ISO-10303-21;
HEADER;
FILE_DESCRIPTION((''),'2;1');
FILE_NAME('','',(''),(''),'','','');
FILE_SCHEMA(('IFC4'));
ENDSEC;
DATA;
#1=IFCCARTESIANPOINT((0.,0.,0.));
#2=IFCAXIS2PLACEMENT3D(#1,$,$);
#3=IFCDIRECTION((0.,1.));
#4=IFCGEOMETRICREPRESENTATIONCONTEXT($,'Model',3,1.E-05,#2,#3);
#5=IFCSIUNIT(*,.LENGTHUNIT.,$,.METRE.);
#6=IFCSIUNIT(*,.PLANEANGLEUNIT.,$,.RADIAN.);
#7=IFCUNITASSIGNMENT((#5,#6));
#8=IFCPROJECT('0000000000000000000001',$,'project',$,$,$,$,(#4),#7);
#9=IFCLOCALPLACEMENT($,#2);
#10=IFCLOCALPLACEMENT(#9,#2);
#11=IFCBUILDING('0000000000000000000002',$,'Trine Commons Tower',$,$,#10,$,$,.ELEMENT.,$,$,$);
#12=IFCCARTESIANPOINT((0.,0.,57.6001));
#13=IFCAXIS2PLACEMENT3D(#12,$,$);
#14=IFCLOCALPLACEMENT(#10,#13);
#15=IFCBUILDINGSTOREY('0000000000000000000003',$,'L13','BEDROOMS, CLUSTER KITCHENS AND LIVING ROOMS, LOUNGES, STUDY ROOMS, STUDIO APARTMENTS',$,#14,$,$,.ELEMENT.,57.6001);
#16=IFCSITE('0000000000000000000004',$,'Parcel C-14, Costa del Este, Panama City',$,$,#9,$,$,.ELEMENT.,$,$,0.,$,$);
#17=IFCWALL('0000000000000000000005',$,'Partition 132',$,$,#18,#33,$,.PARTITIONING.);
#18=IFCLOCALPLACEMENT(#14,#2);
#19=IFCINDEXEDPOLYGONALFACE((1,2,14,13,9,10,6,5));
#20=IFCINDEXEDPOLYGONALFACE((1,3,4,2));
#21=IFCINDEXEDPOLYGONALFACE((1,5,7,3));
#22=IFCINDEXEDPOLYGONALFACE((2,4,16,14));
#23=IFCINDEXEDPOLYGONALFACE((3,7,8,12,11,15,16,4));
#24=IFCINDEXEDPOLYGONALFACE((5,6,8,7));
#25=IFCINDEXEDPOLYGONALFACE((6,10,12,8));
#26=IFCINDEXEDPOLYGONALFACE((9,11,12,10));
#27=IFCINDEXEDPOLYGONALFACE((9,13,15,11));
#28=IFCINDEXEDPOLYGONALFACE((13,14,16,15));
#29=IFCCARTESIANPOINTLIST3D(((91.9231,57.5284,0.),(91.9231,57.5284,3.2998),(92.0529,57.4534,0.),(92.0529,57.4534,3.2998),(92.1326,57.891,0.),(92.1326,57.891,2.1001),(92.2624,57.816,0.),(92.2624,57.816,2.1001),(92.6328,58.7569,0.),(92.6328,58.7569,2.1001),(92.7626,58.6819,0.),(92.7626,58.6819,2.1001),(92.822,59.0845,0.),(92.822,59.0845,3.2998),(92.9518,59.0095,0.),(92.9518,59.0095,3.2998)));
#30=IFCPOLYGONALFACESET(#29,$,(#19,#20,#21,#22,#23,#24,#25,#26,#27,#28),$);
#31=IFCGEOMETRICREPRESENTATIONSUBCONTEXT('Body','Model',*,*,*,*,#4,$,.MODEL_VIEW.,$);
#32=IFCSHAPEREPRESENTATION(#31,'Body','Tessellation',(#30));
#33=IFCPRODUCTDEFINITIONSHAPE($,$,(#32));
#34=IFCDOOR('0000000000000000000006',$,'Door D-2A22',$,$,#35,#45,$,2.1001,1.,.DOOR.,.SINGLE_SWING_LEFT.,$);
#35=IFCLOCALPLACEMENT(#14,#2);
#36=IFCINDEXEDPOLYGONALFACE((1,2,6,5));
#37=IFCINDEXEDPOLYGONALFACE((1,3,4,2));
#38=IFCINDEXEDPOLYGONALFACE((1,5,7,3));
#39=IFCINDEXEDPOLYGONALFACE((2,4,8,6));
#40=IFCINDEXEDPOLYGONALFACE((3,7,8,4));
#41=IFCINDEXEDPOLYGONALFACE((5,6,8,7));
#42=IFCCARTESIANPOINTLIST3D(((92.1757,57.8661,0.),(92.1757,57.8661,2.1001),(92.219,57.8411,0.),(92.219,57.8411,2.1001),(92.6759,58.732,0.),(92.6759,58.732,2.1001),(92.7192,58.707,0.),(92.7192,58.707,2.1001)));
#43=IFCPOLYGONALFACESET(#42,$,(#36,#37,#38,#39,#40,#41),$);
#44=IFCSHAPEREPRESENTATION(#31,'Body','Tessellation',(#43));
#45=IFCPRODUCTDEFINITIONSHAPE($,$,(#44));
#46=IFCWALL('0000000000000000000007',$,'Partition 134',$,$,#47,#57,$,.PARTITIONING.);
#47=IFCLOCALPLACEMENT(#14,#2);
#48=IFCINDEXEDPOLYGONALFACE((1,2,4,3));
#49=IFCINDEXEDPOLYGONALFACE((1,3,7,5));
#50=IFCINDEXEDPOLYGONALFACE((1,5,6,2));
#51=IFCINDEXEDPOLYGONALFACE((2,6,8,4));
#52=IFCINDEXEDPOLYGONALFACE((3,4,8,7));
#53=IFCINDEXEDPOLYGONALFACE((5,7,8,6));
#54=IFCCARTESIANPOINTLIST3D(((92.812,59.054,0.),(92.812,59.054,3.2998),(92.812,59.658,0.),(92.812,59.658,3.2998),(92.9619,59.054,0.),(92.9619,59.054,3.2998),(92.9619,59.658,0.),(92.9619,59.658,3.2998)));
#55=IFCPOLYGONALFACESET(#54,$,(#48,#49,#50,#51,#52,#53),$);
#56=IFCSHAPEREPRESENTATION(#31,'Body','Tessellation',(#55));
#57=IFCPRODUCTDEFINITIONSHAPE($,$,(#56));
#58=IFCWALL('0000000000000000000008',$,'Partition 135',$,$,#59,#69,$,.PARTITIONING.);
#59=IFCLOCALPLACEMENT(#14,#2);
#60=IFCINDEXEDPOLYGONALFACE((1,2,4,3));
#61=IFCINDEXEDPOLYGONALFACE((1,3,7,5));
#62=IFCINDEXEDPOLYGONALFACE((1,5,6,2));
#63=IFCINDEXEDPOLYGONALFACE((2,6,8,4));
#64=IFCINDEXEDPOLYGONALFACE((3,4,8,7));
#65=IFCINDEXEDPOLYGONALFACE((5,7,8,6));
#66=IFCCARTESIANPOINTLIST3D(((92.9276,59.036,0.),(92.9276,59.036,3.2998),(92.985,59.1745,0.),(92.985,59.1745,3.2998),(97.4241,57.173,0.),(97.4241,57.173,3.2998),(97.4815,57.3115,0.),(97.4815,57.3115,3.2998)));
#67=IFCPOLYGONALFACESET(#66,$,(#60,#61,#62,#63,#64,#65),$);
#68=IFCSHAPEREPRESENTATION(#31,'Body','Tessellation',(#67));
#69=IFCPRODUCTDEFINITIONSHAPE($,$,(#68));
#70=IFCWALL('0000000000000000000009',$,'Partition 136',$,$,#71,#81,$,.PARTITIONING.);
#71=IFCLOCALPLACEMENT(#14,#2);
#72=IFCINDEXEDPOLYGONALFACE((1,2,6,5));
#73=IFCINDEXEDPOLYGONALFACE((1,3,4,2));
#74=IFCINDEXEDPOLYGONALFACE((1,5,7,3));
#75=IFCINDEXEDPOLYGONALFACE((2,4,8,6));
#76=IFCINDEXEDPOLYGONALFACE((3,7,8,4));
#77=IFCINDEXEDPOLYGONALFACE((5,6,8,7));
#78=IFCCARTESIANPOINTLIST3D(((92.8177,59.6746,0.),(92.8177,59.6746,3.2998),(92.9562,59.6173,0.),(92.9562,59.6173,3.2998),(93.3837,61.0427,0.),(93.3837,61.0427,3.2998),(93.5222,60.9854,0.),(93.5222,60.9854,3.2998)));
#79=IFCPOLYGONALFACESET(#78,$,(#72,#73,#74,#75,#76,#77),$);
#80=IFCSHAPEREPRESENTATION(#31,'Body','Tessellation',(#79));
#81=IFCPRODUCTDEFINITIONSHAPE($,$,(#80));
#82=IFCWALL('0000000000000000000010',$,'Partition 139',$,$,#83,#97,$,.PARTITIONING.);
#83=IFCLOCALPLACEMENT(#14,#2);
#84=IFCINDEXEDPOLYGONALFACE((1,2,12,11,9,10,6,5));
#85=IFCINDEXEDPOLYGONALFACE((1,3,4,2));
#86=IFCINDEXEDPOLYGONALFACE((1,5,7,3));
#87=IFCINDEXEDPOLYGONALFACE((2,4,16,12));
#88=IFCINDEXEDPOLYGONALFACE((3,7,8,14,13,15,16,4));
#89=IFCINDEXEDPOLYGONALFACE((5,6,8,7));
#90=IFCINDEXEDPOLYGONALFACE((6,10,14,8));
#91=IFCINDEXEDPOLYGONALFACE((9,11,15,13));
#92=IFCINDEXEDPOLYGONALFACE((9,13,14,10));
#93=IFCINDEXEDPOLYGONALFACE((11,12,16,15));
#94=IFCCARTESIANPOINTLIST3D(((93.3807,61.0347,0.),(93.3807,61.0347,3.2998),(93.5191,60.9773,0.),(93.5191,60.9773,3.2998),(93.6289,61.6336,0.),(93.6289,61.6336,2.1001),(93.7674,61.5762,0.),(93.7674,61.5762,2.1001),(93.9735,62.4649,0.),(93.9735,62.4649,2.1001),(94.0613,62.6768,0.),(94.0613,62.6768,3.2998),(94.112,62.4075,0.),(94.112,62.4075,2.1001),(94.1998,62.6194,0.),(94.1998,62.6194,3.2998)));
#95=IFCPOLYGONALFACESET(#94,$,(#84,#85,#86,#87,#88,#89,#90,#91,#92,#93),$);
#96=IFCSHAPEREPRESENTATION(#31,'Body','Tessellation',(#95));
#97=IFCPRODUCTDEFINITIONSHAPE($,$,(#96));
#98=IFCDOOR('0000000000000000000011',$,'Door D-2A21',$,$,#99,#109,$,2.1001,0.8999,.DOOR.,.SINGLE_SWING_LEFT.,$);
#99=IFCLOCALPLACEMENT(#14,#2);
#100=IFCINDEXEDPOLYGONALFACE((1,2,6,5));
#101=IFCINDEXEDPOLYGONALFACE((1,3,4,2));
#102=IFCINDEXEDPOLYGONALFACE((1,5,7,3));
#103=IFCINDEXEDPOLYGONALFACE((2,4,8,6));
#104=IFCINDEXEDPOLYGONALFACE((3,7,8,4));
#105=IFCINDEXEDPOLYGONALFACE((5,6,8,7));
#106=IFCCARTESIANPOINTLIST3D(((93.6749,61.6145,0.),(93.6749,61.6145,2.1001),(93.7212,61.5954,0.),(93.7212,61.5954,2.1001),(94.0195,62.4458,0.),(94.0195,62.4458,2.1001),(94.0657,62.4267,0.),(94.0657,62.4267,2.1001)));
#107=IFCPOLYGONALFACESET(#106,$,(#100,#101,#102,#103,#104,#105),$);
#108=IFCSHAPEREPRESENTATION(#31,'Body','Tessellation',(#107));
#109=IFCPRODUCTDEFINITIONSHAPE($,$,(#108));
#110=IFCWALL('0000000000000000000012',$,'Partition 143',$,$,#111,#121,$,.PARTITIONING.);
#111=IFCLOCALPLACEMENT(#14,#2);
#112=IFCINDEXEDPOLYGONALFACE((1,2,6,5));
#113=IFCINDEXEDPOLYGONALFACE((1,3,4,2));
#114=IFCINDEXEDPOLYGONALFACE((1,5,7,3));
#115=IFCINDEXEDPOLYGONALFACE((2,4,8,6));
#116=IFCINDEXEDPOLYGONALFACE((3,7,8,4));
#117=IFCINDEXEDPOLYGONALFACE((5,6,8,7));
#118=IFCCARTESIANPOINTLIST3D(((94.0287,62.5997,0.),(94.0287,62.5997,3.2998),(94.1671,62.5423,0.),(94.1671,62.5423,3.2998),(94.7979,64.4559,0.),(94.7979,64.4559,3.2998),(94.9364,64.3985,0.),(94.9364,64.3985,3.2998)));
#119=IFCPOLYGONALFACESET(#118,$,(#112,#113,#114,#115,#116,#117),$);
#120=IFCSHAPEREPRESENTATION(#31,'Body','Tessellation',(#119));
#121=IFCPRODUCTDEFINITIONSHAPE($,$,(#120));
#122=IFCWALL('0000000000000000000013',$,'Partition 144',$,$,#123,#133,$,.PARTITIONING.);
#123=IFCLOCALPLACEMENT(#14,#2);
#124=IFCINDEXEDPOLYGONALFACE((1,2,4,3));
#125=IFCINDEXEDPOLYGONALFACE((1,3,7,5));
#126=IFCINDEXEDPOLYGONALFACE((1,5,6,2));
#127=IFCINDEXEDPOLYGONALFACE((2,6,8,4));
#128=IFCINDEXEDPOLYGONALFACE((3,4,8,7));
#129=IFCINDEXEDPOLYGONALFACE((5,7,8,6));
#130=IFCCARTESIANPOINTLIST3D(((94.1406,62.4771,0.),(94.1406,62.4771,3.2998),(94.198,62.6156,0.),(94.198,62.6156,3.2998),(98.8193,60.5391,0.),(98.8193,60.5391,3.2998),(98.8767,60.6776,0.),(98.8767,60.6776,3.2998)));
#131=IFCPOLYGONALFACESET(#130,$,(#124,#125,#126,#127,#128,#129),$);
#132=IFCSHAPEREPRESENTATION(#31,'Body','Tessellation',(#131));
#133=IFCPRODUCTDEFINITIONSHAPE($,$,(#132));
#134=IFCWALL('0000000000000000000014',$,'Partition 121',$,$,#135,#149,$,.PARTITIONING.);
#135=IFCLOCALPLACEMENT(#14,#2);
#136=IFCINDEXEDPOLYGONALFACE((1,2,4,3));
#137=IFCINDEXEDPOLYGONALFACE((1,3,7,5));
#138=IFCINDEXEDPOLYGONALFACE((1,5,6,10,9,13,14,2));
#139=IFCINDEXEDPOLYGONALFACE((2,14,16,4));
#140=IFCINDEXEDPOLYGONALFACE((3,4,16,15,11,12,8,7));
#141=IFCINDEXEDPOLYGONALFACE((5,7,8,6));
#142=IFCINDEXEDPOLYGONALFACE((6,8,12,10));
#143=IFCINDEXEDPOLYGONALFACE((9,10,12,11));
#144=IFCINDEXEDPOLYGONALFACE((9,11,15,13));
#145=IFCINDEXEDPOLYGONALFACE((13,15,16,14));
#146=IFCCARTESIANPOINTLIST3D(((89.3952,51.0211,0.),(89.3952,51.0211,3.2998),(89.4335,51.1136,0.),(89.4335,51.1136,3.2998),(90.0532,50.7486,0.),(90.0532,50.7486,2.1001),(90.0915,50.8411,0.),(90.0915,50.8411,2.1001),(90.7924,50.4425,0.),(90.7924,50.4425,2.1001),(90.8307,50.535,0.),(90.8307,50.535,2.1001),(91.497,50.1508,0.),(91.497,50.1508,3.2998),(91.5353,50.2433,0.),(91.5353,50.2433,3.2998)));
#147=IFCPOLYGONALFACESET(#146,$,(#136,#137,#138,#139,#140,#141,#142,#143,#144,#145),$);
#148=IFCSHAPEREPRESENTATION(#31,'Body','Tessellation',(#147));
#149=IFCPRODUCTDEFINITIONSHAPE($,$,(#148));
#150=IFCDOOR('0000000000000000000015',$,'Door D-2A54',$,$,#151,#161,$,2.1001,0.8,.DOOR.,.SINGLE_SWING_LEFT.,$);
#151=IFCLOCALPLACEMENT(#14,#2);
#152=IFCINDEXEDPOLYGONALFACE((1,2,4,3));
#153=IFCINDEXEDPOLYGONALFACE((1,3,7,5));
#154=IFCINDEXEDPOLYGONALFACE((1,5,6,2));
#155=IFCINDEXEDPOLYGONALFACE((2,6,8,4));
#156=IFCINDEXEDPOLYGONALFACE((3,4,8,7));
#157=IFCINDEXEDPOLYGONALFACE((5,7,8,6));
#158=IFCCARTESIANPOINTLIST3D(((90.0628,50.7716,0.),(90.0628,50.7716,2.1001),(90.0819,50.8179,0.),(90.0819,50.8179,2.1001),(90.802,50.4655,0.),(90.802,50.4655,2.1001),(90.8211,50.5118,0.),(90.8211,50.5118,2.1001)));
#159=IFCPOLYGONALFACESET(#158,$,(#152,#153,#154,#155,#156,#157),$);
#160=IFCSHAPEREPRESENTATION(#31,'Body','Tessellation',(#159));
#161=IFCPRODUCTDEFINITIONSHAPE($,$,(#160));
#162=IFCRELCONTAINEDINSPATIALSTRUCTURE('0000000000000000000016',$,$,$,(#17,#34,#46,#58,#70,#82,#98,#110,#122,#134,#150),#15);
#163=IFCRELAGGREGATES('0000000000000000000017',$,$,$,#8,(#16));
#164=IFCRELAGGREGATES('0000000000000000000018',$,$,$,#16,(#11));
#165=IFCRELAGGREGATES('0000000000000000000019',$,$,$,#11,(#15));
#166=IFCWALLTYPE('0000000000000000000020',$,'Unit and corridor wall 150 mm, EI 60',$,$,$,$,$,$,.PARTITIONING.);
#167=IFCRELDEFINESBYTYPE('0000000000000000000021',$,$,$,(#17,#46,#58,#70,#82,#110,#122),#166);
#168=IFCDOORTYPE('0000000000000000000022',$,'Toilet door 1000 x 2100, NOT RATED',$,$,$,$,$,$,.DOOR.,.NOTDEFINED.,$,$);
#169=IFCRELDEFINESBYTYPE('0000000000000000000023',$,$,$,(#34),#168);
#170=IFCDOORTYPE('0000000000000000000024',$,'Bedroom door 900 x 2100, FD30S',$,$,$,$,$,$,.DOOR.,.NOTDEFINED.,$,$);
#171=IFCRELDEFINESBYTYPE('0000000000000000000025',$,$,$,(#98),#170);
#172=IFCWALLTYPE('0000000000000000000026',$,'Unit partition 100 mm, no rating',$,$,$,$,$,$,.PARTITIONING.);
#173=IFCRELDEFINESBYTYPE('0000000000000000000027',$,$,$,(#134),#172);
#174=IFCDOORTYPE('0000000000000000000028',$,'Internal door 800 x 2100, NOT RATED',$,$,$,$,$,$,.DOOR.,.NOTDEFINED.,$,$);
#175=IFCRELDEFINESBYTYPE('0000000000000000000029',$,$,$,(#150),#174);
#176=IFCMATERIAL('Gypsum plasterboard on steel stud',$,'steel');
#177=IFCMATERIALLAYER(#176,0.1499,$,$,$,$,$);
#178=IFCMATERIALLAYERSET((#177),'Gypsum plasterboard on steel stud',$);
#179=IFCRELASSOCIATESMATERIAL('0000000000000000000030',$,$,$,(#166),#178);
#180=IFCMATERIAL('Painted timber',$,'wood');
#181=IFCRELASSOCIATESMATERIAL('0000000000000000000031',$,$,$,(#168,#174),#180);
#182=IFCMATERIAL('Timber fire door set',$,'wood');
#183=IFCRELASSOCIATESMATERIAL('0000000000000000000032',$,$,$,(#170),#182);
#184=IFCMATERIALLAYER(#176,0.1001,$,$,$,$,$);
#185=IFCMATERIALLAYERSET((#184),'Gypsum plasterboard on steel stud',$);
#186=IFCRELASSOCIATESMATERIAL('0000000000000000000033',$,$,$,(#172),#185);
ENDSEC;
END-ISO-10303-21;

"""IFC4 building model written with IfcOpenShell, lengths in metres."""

from ifc_helpers import new_model, si_unit, direction, frame, frame_2d, origin, place, context, subcontext, project, spatial, rectangle, extrude, material, layer, layer_set, type_object, element, fill, save


model = new_model("IFC4")

# Units and contexts
model_context = context("Model", 3, precision=1e-05, world=origin(), true_north=direction((0.0, 1.0)))
body_context = subcontext(model_context, "Body", "Model", "MODEL_VIEW")
ifc_project = project(units=[si_unit("LENGTHUNIT", "METRE"), si_unit("PLANEANGLEUNIT", "RADIAN")], contexts=[model_context])

# Site, building, storey
site_placement = place(None, origin())
site = spatial("IfcSite", under=ifc_project, at=site_placement, Name="Parcel C-14, Costa del Este, Panama City", CompositionType="ELEMENT", RefElevation=0.0)
building_placement = place(site_placement, origin())
building = spatial("IfcBuilding", under=site, at=building_placement, Name="Trine Commons Tower", CompositionType="ELEMENT")
storey_placement = place(building_placement, frame((0.0, 0.0, 57.6001)))
storey = spatial("IfcBuildingStorey", under=building, at=storey_placement, Name="L13", Description="BEDROOMS, CLUSTER KITCHENS AND LIVING ROOMS, LOUNGES, STUDY ROOMS, STUDIO APARTMENTS", CompositionType="ELEMENT", Elevation=57.6001)

# Shared definitions
ifc_material_1 = material(Name="Gypsum plasterboard on steel stud", Category="steel")
ifc_layer_1 = layer(ifc_material_1, 0.1499)
ifc_layer_set_1 = layer_set([ifc_layer_1], Name="Gypsum plasterboard on steel stud")
wall_type_1 = type_object("IfcWallType", Name="Unit and corridor wall 150 mm, EI 60", PredefinedType="PARTITIONING", material=ifc_layer_set_1)

# Wall, opening, door
wall_1_placement = place(storey_placement, frame((91.988, 57.491, 0.0), z_axis=(0.0, 0.0, 1.0), x_axis=(0.500201, 0.86591, 0.0)))
wall_1 = element("IfcWall", 1, at=wall_1_placement, inside=storey, type_object=wall_type_1, Name="Partition 132", PredefinedType="PARTITIONING", context=body_context, shape_type="SweptSolid", body=[
    extrude(rectangle(XDim=1.7971, YDim=0.1499, at=frame_2d((0.8984, 0.0))), origin(), (0.0, 0.0, 1.0), 3.2998),
])
opening_1_placement = place(wall_1_placement, frame((0.4187, 0.0, 0.0)))
opening_1 = element("IfcOpeningElement", 2, at=opening_1_placement, cuts=wall_1, PredefinedType="OPENING", context=body_context, shape_type="SweptSolid", body=[
    extrude(rectangle(XDim=1.0, YDim=2.1001, at=frame_2d((0.5, 1.05))), frame((0.0, 0.085, 0.0), z_axis=(0.0, -1.0, 0.0), x_axis=(1.0, 0.0, 0.0)), (0.0, 0.0, 1.0), 0.1699),
])
ifc_material_2 = material(Name="Painted timber", Category="wood")
door_type_1 = type_object("IfcDoorType", Name="Toilet door 1000 x 2100, NOT RATED", OperationType="NOTDEFINED", PredefinedType="DOOR", material=ifc_material_2)
door_1_placement = place(opening_1_placement, frame((1.0, 0.0, 0.0), z_axis=(0.0, 0.0, 1.0), x_axis=(-1.0, 0.0, 0.0)))
door_1 = element("IfcDoor", 3, at=door_1_placement, inside=storey, type_object=door_type_1, Name="Door D-2A22", OperationType="SINGLE_SWING_LEFT", OverallHeight=2.1001, OverallWidth=1.0, PredefinedType="DOOR", context=body_context, shape_type="SweptSolid", body=[
    extrude(rectangle(XDim=1.0, YDim=2.1001, at=frame_2d((0.5, 1.05))), frame((0.0, 0.0249, 0.0), z_axis=(0.0, -1.0, 0.0), x_axis=(1.0, 0.0, 0.0)), (0.0, 0.0, 1.0), 0.05),
])
fill(opening_1, door_1)

# Walls
wall_2_placement = place(storey_placement, frame((92.887, 59.054, 0.0), z_axis=(0.0, 0.0, 1.0), x_axis=(0.0, 1.0, 0.0)))
element("IfcWall", 4, at=wall_2_placement, inside=storey, type_object=wall_type_1, Name="Partition 134", PredefinedType="PARTITIONING", context=body_context, shape_type="SweptSolid", body=[
    extrude(rectangle(XDim=0.604, YDim=0.1499, at=frame_2d((0.302, 0.0))), origin(), (0.0, 0.0, 1.0), 3.2998),
])
wall_3_placement = place(storey_placement, frame((92.9563, 59.1052, 0.0), z_axis=(0.0, 0.0, 1.0), x_axis=(0.923844, -0.38277, 0.0)))
element("IfcWall", 5, at=wall_3_placement, inside=storey, type_object=wall_type_1, Name="Partition 135", PredefinedType="PARTITIONING", context=body_context, shape_type="SweptSolid", body=[
    extrude(rectangle(XDim=4.8672, YDim=0.1499, at=frame_2d((2.4336, 0.0))), origin(), (0.0, 0.0, 1.0), 3.2998),
])
wall_4_placement = place(storey_placement, frame((92.887, 59.646, 0.0), z_axis=(0.0, 0.0, 1.0), x_axis=(0.382284, 0.924045, 0.0)))
element("IfcWall", 6, at=wall_4_placement, inside=storey, type_object=wall_type_1, Name="Partition 136", PredefinedType="PARTITIONING", context=body_context, shape_type="SweptSolid", body=[
    extrude(rectangle(XDim=1.4805, YDim=0.1499, at=frame_2d((0.7402, 0.0))), origin(), (0.0, 0.0, 1.0), 3.2998),
])

# Wall, opening, door
wall_5_placement = place(storey_placement, frame((93.45, 61.0061, 0.0), z_axis=(0.0, 0.0, 1.0), x_axis=(0.382918, 0.923782, 0.0)))
wall_5 = element("IfcWall", 7, at=wall_5_placement, inside=storey, type_object=wall_type_1, Name="Partition 139", PredefinedType="PARTITIONING", context=body_context, shape_type="SweptSolid", body=[
    extrude(rectangle(XDim=1.7776, YDim=0.1499, at=frame_2d((0.8887, 0.0))), origin(), (0.0, 0.0, 1.0), 3.2998),
])
opening_2_placement = place(wall_5_placement, frame((0.6482, 0.0, 0.0)))
opening_2 = element("IfcOpeningElement", 8, at=opening_2_placement, cuts=wall_5, PredefinedType="OPENING", context=body_context, shape_type="SweptSolid", body=[
    extrude(rectangle(XDim=0.8999, YDim=2.1001, at=frame_2d((0.45, 1.05))), frame((0.0, 0.085, 0.0), z_axis=(0.0, -1.0, 0.0), x_axis=(1.0, 0.0, 0.0)), (0.0, 0.0, 1.0), 0.1699),
])
ifc_material_3 = material(Name="Timber fire door set", Category="wood")
door_type_2 = type_object("IfcDoorType", Name="Bedroom door 900 x 2100, FD30S", OperationType="NOTDEFINED", PredefinedType="DOOR", material=ifc_material_3)
door_2_placement = place(opening_2_placement, frame((0.8999, 0.0, 0.0), z_axis=(0.0, 0.0, 1.0), x_axis=(-1.0, 0.0, 0.0)))
door_2 = element("IfcDoor", 9, at=door_2_placement, inside=storey, type_object=door_type_2, Name="Door D-2A21", OperationType="SINGLE_SWING_LEFT", OverallHeight=2.1001, OverallWidth=0.8999, PredefinedType="DOOR", context=body_context, shape_type="SweptSolid", body=[
    extrude(rectangle(XDim=0.8999, YDim=2.1001, at=frame_2d((0.45, 1.05))), frame((0.0, 0.0249, 0.0), z_axis=(0.0, -1.0, 0.0), x_axis=(1.0, 0.0, 0.0)), (0.0, 0.0, 1.0), 0.05),
])
fill(opening_2, door_2)

# Walls
wall_6_placement = place(storey_placement, frame((94.0979, 62.571, 0.0), z_axis=(0.0, 0.0, 1.0), x_axis=(0.382863, 0.923805, 0.0)))
element("IfcWall", 10, at=wall_6_placement, inside=storey, type_object=wall_type_1, Name="Partition 143", PredefinedType="PARTITIONING", context=body_context, shape_type="SweptSolid", body=[
    extrude(rectangle(XDim=2.0093, YDim=0.1499, at=frame_2d((1.0046, 0.0))), origin(), (0.0, 0.0, 1.0), 3.2998),
])
wall_7_placement = place(storey_placement, frame((94.1692, 62.5464, 0.0), z_axis=(0.0, 0.0, 1.0), x_axis=(0.923879, -0.382684, 0.0)))
element("IfcWall", 11, at=wall_7_placement, inside=storey, type_object=wall_type_1, Name="Partition 144", PredefinedType="PARTITIONING", context=body_context, shape_type="SweptSolid", body=[
    extrude(rectangle(XDim=5.0642, YDim=0.1499, at=frame_2d((2.5322, 0.0))), origin(), (0.0, 0.0, 1.0), 3.2998),
])

# Wall, opening, door
ifc_layer_2 = layer(ifc_material_1, 0.1001)
ifc_layer_set_2 = layer_set([ifc_layer_2], Name="Gypsum plasterboard on steel stud")
wall_type_2 = type_object("IfcWallType", Name="Unit partition 100 mm, no rating", PredefinedType="PARTITIONING", material=ifc_layer_set_2)
wall_8_placement = place(storey_placement, frame((89.4143, 51.0674, 0.0), z_axis=(0.0, 0.0, 1.0), x_axis=(0.923916, -0.382595, 0.0)))
wall_8 = element("IfcWall", 12, at=wall_8_placement, inside=storey, type_object=wall_type_2, Name="Partition 121", PredefinedType="PARTITIONING", context=body_context, shape_type="SweptSolid", body=[
    extrude(rectangle(XDim=2.2749, YDim=0.1001, at=frame_2d((1.1375, 0.0))), origin(), (0.0, 0.0, 1.0), 3.2998),
])
opening_3_placement = place(wall_8_placement, frame((0.7124, 0.0, 0.0)))
opening_3 = element("IfcOpeningElement", 13, at=opening_3_placement, cuts=wall_8, PredefinedType="OPENING", context=body_context, shape_type="SweptSolid", body=[
    extrude(rectangle(XDim=0.8, YDim=2.1001, at=frame_2d((0.3999, 1.05))), frame((0.0, 0.0601, 0.0), z_axis=(0.0, -1.0, 0.0), x_axis=(1.0, 0.0, 0.0)), (0.0, 0.0, 1.0), 0.1201),
])
door_type_3 = type_object("IfcDoorType", Name="Internal door 800 x 2100, NOT RATED", OperationType="NOTDEFINED", PredefinedType="DOOR", material=ifc_material_2)
door_3_placement = place(opening_3_placement, origin())
door_3 = element("IfcDoor", 14, at=door_3_placement, inside=storey, type_object=door_type_3, Name="Door D-2A54", OperationType="SINGLE_SWING_LEFT", OverallHeight=2.1001, OverallWidth=0.8, PredefinedType="DOOR", context=body_context, shape_type="SweptSolid", body=[
    extrude(rectangle(XDim=0.8, YDim=2.1001, at=frame_2d((0.3999, 1.05))), frame((0.0, 0.0249, 0.0), z_axis=(0.0, -1.0, 0.0), x_axis=(1.0, 0.0, 0.0)), (0.0, 0.0, 1.0), 0.05),
])
fill(opening_3, door_3)

save(model, "model.ifc")
